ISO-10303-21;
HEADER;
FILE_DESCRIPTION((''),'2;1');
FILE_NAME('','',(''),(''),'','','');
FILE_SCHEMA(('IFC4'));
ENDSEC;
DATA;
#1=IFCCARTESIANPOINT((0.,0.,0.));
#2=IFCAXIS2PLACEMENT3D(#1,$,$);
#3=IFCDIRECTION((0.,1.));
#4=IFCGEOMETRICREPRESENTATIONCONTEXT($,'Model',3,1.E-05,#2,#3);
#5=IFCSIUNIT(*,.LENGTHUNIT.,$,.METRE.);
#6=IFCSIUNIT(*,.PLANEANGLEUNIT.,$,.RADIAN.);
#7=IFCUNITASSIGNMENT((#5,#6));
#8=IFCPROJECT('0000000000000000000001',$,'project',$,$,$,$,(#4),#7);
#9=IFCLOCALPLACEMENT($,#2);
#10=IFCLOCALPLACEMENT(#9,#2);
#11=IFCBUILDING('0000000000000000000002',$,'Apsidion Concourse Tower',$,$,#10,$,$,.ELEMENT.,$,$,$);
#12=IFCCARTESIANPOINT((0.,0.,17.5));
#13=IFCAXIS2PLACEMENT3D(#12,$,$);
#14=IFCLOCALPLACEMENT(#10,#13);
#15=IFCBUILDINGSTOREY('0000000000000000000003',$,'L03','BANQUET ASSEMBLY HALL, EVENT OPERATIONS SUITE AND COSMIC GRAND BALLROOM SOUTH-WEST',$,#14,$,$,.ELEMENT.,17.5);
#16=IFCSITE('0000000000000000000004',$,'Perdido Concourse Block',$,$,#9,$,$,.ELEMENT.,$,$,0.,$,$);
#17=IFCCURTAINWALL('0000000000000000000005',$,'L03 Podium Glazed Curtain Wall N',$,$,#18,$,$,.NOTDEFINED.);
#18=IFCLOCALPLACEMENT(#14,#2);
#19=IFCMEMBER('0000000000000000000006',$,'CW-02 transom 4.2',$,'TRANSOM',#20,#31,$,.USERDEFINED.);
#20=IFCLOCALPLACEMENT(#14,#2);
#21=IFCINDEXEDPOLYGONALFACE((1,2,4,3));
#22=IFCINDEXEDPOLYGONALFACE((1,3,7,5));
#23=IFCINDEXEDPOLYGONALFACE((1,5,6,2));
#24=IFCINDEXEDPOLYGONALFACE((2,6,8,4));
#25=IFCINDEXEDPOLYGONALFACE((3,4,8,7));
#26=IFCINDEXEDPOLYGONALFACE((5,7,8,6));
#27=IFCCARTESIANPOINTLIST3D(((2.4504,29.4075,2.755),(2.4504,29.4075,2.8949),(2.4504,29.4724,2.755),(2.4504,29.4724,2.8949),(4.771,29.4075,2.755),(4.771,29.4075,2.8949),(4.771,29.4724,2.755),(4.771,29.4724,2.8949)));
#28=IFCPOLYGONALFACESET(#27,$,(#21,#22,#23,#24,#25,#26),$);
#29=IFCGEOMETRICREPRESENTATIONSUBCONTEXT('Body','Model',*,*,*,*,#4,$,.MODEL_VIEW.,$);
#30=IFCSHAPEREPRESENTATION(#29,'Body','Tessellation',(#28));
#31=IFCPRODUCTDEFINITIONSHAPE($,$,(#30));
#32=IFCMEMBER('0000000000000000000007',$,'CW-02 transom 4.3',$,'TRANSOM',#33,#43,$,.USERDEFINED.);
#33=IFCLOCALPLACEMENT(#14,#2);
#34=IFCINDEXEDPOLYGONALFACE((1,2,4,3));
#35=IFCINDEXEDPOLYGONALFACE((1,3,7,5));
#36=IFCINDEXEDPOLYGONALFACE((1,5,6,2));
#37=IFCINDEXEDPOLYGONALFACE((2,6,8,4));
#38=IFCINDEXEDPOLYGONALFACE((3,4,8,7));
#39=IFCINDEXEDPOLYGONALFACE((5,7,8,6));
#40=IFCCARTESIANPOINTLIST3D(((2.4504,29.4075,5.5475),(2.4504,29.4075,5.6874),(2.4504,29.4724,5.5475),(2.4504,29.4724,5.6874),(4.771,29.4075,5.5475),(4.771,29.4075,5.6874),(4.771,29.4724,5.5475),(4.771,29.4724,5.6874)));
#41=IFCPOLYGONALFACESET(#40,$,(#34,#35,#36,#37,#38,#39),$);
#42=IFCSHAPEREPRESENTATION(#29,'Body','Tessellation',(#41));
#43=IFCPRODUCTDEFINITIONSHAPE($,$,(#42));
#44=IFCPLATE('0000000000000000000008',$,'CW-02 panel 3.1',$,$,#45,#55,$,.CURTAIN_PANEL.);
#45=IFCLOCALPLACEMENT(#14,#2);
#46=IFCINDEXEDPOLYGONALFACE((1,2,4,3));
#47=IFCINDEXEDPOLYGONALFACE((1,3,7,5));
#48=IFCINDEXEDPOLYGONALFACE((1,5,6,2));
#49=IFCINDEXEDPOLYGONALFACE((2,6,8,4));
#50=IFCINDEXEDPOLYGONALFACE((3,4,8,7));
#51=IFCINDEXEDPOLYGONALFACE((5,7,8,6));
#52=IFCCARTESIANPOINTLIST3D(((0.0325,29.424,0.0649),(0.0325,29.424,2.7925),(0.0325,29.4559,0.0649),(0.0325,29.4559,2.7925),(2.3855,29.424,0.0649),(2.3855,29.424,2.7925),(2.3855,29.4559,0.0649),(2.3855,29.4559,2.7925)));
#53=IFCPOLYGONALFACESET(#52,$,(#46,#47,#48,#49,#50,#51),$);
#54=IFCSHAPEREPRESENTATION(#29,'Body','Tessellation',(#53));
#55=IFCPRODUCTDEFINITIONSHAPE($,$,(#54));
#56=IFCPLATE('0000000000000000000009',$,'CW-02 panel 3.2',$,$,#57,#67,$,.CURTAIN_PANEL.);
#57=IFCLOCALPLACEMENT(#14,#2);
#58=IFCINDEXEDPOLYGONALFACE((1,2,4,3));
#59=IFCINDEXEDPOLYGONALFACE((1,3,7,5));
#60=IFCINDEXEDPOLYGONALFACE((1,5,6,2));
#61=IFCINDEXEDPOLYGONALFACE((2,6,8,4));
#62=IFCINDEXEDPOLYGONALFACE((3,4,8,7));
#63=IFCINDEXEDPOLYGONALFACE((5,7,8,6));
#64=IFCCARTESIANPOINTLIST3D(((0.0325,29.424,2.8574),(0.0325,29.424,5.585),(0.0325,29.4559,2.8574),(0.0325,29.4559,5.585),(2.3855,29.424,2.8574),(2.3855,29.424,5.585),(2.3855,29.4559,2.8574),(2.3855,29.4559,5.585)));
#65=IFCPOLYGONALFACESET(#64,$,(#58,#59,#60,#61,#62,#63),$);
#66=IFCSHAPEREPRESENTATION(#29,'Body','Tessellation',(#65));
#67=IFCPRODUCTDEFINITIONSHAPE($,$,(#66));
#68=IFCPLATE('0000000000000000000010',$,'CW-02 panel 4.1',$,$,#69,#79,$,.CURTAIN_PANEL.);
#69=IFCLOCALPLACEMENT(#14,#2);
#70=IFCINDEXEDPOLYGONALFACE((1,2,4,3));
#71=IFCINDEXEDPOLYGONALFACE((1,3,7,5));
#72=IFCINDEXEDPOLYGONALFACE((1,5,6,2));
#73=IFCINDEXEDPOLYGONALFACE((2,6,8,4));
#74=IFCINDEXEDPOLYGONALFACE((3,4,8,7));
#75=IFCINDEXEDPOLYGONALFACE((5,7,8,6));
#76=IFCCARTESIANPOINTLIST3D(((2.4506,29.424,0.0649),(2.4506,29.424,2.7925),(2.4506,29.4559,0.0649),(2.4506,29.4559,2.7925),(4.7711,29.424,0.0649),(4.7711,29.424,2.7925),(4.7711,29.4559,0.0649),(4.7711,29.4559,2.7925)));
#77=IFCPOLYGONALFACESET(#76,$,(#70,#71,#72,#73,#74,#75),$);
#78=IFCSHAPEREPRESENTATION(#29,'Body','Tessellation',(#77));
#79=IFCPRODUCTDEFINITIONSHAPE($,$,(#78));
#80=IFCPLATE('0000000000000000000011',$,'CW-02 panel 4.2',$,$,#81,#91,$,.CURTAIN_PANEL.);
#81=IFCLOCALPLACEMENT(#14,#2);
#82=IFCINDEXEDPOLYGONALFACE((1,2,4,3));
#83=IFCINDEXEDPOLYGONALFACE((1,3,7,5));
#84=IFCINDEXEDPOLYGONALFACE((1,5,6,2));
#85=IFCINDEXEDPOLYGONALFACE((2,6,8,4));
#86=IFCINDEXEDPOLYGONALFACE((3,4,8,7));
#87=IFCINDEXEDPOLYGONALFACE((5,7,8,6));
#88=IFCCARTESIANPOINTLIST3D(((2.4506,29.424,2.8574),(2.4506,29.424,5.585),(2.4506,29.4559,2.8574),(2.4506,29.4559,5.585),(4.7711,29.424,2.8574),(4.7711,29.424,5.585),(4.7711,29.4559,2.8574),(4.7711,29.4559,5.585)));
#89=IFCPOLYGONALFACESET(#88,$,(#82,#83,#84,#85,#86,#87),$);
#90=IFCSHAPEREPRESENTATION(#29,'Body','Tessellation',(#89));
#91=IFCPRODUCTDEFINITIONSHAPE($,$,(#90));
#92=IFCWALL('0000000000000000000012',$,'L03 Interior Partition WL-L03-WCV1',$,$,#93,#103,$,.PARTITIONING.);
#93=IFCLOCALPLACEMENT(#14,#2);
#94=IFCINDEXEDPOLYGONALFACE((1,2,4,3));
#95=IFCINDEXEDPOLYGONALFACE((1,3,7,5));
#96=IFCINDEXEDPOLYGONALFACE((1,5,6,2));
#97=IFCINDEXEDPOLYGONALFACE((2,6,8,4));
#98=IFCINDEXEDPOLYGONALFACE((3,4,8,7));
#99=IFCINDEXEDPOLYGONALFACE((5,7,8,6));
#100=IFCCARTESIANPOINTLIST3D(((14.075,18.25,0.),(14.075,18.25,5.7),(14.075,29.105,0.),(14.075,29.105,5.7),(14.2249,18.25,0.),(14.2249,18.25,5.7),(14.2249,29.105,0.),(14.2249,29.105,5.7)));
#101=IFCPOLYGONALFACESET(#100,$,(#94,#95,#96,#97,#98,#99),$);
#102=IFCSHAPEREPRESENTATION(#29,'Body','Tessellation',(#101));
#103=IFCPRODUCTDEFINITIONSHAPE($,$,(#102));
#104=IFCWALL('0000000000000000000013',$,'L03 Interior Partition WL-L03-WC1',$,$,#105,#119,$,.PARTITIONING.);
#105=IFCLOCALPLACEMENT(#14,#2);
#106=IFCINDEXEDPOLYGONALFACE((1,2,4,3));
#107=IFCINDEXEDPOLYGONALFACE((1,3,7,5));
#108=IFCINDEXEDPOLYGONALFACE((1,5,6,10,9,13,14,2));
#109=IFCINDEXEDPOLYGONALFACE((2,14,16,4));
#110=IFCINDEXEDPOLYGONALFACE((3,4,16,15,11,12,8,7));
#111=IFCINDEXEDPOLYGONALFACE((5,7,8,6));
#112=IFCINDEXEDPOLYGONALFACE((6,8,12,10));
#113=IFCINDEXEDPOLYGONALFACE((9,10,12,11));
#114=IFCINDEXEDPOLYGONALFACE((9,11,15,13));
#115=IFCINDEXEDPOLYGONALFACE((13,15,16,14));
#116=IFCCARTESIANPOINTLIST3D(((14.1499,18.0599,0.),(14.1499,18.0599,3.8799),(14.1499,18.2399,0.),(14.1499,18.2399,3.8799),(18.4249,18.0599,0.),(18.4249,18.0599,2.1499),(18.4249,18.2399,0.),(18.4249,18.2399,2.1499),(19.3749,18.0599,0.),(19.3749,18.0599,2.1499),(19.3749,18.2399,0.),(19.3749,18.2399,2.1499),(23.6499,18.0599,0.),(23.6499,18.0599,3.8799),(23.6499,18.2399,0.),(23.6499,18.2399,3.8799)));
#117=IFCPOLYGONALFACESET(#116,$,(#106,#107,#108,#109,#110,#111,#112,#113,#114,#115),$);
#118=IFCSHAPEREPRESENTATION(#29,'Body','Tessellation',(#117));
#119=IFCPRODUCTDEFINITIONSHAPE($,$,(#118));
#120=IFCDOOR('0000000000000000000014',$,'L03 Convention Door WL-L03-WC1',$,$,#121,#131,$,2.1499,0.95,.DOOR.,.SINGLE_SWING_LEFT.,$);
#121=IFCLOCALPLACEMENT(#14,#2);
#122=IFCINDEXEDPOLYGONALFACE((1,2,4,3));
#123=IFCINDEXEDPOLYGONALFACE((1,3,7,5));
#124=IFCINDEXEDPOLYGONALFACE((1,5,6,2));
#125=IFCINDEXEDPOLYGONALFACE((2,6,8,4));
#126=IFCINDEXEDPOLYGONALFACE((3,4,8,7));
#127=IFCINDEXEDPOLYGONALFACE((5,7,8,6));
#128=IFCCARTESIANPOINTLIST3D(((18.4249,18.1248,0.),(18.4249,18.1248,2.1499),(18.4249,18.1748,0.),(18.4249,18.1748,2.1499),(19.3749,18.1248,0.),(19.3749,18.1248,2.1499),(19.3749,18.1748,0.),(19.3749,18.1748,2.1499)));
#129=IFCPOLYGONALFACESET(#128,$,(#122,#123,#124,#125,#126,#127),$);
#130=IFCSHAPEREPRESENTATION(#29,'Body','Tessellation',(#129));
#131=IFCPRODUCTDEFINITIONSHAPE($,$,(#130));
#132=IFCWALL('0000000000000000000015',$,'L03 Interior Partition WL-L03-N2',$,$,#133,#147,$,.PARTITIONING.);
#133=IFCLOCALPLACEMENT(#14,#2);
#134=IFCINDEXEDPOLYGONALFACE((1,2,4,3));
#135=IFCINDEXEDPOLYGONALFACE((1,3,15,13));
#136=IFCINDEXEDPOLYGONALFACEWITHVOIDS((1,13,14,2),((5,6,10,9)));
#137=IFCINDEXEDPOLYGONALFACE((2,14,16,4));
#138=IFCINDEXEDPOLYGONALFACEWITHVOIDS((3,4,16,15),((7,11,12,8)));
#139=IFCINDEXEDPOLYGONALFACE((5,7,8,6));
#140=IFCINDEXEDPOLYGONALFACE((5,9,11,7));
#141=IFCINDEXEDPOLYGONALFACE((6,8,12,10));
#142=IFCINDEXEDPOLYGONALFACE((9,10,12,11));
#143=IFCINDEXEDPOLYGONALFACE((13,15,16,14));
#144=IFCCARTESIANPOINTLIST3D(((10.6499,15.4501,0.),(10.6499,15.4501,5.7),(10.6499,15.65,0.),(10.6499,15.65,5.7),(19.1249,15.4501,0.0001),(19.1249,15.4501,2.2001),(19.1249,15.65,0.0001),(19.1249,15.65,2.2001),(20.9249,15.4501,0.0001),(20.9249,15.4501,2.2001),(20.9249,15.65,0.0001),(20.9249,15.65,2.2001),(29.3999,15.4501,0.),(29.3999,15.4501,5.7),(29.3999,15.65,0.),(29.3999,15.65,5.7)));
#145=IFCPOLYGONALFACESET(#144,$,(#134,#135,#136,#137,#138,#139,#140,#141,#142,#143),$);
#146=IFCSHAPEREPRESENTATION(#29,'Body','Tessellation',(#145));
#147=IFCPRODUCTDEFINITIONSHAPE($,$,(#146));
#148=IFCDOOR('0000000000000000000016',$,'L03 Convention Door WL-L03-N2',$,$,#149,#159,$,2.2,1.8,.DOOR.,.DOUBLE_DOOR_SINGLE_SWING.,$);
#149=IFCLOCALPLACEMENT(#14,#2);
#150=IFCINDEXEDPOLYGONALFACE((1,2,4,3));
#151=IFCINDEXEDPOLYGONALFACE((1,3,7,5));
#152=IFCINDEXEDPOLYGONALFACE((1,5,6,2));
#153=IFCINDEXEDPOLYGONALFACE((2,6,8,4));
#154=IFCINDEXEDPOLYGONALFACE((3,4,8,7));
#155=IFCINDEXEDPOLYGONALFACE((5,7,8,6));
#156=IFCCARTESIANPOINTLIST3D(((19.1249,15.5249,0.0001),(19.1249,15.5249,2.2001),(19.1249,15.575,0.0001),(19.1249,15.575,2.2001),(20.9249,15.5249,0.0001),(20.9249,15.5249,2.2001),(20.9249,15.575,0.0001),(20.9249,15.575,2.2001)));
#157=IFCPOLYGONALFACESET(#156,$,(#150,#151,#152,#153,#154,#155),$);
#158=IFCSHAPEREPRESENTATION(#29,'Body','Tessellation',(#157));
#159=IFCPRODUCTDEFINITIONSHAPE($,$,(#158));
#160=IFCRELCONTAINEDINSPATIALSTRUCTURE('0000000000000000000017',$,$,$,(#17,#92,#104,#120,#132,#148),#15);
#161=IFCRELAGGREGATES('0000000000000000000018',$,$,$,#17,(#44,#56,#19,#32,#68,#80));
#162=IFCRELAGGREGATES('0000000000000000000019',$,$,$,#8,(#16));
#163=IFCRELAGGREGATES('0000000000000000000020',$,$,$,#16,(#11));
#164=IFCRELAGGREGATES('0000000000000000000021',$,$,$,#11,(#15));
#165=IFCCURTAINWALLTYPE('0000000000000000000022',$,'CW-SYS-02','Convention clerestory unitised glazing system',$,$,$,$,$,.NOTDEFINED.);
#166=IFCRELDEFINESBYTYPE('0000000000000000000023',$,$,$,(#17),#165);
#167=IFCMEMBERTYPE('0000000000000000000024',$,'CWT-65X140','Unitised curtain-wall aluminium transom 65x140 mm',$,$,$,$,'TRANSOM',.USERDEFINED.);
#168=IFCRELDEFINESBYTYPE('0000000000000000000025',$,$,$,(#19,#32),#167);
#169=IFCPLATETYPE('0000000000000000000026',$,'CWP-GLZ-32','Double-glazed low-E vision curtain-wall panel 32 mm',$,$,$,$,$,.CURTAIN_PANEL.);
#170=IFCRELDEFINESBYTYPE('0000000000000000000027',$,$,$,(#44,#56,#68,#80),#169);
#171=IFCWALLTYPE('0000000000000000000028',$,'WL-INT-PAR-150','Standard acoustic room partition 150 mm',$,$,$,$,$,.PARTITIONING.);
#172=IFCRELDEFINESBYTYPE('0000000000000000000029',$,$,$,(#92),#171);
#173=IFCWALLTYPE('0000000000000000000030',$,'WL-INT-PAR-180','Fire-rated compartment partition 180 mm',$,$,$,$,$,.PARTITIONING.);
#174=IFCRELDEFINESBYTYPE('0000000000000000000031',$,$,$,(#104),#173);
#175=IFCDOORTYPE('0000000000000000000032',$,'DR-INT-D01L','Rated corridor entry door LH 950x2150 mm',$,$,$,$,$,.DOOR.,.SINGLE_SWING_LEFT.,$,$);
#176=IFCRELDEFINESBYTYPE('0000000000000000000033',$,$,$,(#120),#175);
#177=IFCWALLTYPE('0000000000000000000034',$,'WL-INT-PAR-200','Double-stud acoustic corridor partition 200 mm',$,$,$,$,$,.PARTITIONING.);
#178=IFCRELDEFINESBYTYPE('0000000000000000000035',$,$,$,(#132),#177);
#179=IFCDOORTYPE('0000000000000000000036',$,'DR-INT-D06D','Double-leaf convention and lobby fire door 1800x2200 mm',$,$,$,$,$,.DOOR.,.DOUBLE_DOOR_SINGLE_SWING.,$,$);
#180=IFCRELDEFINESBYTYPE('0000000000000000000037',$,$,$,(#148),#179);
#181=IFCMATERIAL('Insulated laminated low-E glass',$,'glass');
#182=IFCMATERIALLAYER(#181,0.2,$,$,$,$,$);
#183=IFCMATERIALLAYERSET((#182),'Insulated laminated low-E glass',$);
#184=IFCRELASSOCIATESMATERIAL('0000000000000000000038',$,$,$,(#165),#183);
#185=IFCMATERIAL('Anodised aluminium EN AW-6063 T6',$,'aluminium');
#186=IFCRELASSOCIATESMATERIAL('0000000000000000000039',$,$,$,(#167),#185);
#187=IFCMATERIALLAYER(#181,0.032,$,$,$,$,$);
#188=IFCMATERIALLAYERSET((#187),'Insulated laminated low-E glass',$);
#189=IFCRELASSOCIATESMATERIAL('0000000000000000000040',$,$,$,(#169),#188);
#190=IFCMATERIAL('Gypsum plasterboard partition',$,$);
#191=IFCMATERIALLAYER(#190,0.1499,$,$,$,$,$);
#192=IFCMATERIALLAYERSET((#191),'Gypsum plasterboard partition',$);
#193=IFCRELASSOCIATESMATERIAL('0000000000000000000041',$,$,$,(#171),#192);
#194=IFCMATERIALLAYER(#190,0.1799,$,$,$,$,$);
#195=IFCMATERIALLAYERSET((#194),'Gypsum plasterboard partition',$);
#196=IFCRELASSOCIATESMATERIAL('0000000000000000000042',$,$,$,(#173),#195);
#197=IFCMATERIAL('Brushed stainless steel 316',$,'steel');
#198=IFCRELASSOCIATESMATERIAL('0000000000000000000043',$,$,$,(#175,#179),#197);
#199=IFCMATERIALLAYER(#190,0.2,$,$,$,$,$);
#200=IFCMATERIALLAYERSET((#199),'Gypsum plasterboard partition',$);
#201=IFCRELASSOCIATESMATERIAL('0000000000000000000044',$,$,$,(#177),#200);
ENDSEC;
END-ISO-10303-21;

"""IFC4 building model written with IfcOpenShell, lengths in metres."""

from ifc_helpers import new_model, si_unit, direction, frame, frame_2d, origin, origin_2d, place, context, subcontext, project, spatial, rectangle, extrude, material, layer, layer_set, material_profile, profile_set, type_object, element, fill, aggregate, save


model = new_model("IFC4")

# Units and contexts
model_context = context("Model", 3, precision=1e-05, world=origin(), true_north=direction((0.0, 1.0)))
body_context = subcontext(model_context, "Body", "Model", "MODEL_VIEW")
ifc_project = project(units=[si_unit("LENGTHUNIT", "METRE"), si_unit("PLANEANGLEUNIT", "RADIAN")], contexts=[model_context])

# Site, building, storey
site_placement = place(None, origin())
site = spatial("IfcSite", under=ifc_project, at=site_placement, Name="Perdido Concourse Block", CompositionType="ELEMENT", RefElevation=0.0)
building_placement = place(site_placement, origin())
building = spatial("IfcBuilding", under=site, at=building_placement, Name="Apsidion Concourse Tower", CompositionType="ELEMENT")
storey_placement = place(building_placement, frame((0.0, 0.0, 17.5)))
storey = spatial("IfcBuildingStorey", under=building, at=storey_placement, Name="L03", Description="BANQUET ASSEMBLY HALL, EVENT OPERATIONS SUITE AND COSMIC GRAND BALLROOM SOUTH-WEST", CompositionType="ELEMENT", Elevation=17.5)

# Curtain wall, members, plates
ifc_material_1 = material(Name="Insulated laminated low-E glass", Category="glass")
ifc_layer_1 = layer(ifc_material_1, 0.2)
ifc_layer_set_1 = layer_set([ifc_layer_1], Name="Insulated laminated low-E glass")
curtain_wall_type = type_object("IfcCurtainWallType", Name="CW-SYS-02", Description="Convention clerestory unitised glazing system", PredefinedType="NOTDEFINED", material=ifc_layer_set_1)
curtain_wall_placement = place(storey_placement, origin())
curtain_wall = element("IfcCurtainWall", 1, at=curtain_wall_placement, inside=storey, type_object=curtain_wall_type, Name="L03 Podium Glazed Curtain Wall N", PredefinedType="NOTDEFINED")
ifc_material_2 = material(Name="Anodised aluminium EN AW-6063 T6", Category="aluminium")
ifc_material_profile_1 = material_profile(ifc_material_2, rectangle(XDim=0.0649, YDim=0.1399, at=origin_2d()), Name="ALU TRANSOM 65x140")
ifc_profile_set_1 = profile_set([ifc_material_profile_1], Name="Anodised aluminium EN AW-6063 T6")
member_type_1 = type_object("IfcMemberType", Name="CWT-65X140", Description="Unitised curtain-wall aluminium transom 65x140 mm", ElementType="TRANSOM", PredefinedType="USERDEFINED", material=ifc_profile_set_1)
member_1_placement = place(storey_placement, frame((2.4504, 29.4399, 2.825), z_axis=(1.0, 0.0, 0.0), x_axis=(0.0, 1.0, 0.0)))
member_1 = element("IfcMember", 2, at=member_1_placement, type_object=member_type_1, Name="CW-02 transom 4.2", ObjectType="TRANSOM", PredefinedType="USERDEFINED", context=body_context, shape_type="SweptSolid", body=[
    extrude(rectangle(XDim=0.0649, YDim=0.1399, at=origin_2d()), origin(), (0.0, 0.0, 1.0), 2.3206),
])
member_2_placement = place(storey_placement, frame((2.4504, 29.4399, 5.6174), z_axis=(1.0, 0.0, 0.0), x_axis=(0.0, 1.0, 0.0)))
member_2 = element("IfcMember", 3, at=member_2_placement, type_object=member_type_1, Name="CW-02 transom 4.3", ObjectType="TRANSOM", PredefinedType="USERDEFINED", context=body_context, shape_type="SweptSolid", body=[
    extrude(rectangle(XDim=0.0649, YDim=0.1399, at=origin_2d()), origin(), (0.0, 0.0, 1.0), 2.3206),
])
ifc_layer_2 = layer(ifc_material_1, 0.032)
ifc_layer_set_2 = layer_set([ifc_layer_2], Name="Insulated laminated low-E glass")
plate_type = type_object("IfcPlateType", Name="CWP-GLZ-32", Description="Double-glazed low-E vision curtain-wall panel 32 mm", PredefinedType="CURTAIN_PANEL", material=ifc_layer_set_2)
plate_1_placement = place(storey_placement, frame((1.209, 29.4399, 0.0649), z_axis=(0.0, 0.0, 1.0), x_axis=(1.0, 0.0, 0.0)))
plate_1 = element("IfcPlate", 4, at=plate_1_placement, type_object=plate_type, Name="CW-02 panel 3.1", PredefinedType="CURTAIN_PANEL", context=body_context, shape_type="SweptSolid", body=[
    extrude(rectangle(XDim=2.353, YDim=0.032, at=origin_2d()), origin(), (0.0, 0.0, 1.0), 2.7275),
])
plate_2_placement = place(storey_placement, frame((1.209, 29.4399, 2.8574), z_axis=(0.0, 0.0, 1.0), x_axis=(1.0, 0.0, 0.0)))
plate_2 = element("IfcPlate", 5, at=plate_2_placement, type_object=plate_type, Name="CW-02 panel 3.2", PredefinedType="CURTAIN_PANEL", context=body_context, shape_type="SweptSolid", body=[
    extrude(rectangle(XDim=2.353, YDim=0.032, at=origin_2d()), origin(), (0.0, 0.0, 1.0), 2.7275),
])
plate_3_placement = place(storey_placement, frame((3.6108, 29.4399, 0.0649), z_axis=(0.0, 0.0, 1.0), x_axis=(1.0, 0.0, 0.0)))
plate_3 = element("IfcPlate", 6, at=plate_3_placement, type_object=plate_type, Name="CW-02 panel 4.1", PredefinedType="CURTAIN_PANEL", context=body_context, shape_type="SweptSolid", body=[
    extrude(rectangle(XDim=2.3206, YDim=0.032, at=origin_2d()), origin(), (0.0, 0.0, 1.0), 2.7275),
])
plate_4_placement = place(storey_placement, frame((3.6108, 29.4399, 2.8574), z_axis=(0.0, 0.0, 1.0), x_axis=(1.0, 0.0, 0.0)))
plate_4 = element("IfcPlate", 7, at=plate_4_placement, type_object=plate_type, Name="CW-02 panel 4.2", PredefinedType="CURTAIN_PANEL", context=body_context, shape_type="SweptSolid", body=[
    extrude(rectangle(XDim=2.3206, YDim=0.032, at=origin_2d()), origin(), (0.0, 0.0, 1.0), 2.7275),
])
aggregate(curtain_wall, [plate_1, plate_2, member_1, member_2, plate_3, plate_4])

# Wall
ifc_material_3 = material(Name="Gypsum plasterboard partition")
ifc_layer_3 = layer(ifc_material_3, 0.1499)
ifc_layer_set_3 = layer_set([ifc_layer_3], Name="Gypsum plasterboard partition")
wall_type_1 = type_object("IfcWallType", Name="WL-INT-PAR-150", Description="Standard acoustic room partition 150 mm", PredefinedType="PARTITIONING", material=ifc_layer_set_3)
wall_1_placement = place(storey_placement, frame((14.1499, 18.25, 0.0), z_axis=(0.0, 0.0, 1.0), x_axis=(0.0, 1.0, 0.0)))
element("IfcWall", 8, at=wall_1_placement, inside=storey, type_object=wall_type_1, Name="L03 Interior Partition WL-L03-WCV1", PredefinedType="PARTITIONING", context=body_context, shape_type="SweptSolid", body=[
    extrude(rectangle(XDim=10.855, YDim=0.1499, at=frame_2d((5.4275, 0.0))), origin(), (0.0, 0.0, 1.0), 5.7),
])

# Walls, openings, doors
ifc_layer_4 = layer(ifc_material_3, 0.1799)
ifc_layer_set_4 = layer_set([ifc_layer_4], Name="Gypsum plasterboard partition")
wall_type_2 = type_object("IfcWallType", Name="WL-INT-PAR-180", Description="Fire-rated compartment partition 180 mm", PredefinedType="PARTITIONING", material=ifc_layer_set_4)
wall_2_placement = place(storey_placement, frame((14.1499, 18.1499, 0.0), z_axis=(0.0, 0.0, 1.0), x_axis=(1.0, 0.0, 0.0)))
wall_2 = element("IfcWall", 9, at=wall_2_placement, inside=storey, type_object=wall_type_2, Name="L03 Interior Partition WL-L03-WC1", PredefinedType="PARTITIONING", context=body_context, shape_type="SweptSolid", body=[
    extrude(rectangle(XDim=9.5, YDim=0.1799, at=frame_2d((4.75, 0.0))), origin(), (0.0, 0.0, 1.0), 3.8799),
])
opening_1_placement = place(wall_2_placement, frame((4.2749, 0.0, 0.0)))
opening_1 = element("IfcOpeningElement", 10, at=opening_1_placement, cuts=wall_2, PredefinedType="OPENING", context=body_context, shape_type="SweptSolid", body=[
    extrude(rectangle(XDim=0.95, YDim=2.1499, at=frame_2d((0.4751, 1.075))), frame((0.0, 0.1001, 0.0), z_axis=(0.0, -1.0, 0.0), x_axis=(1.0, 0.0, 0.0)), (0.0, 0.0, 1.0), 0.2),
])
ifc_material_4 = material(Name="Brushed stainless steel 316", Category="steel")
door_type_1 = type_object("IfcDoorType", Name="DR-INT-D01L", Description="Rated corridor entry door LH 950x2150 mm", OperationType="SINGLE_SWING_LEFT", PredefinedType="DOOR", material=ifc_material_4)
door_1_placement = place(opening_1_placement, origin())
door_1 = element("IfcDoor", 11, at=door_1_placement, inside=storey, type_object=door_type_1, Name="L03 Convention Door WL-L03-WC1", OperationType="SINGLE_SWING_LEFT", OverallHeight=2.1499, OverallWidth=0.95, PredefinedType="DOOR", context=body_context, shape_type="SweptSolid", body=[
    extrude(rectangle(XDim=0.95, YDim=2.1499, at=frame_2d((0.4751, 1.075))), frame((0.0, 0.0249, 0.0), z_axis=(0.0, -1.0, 0.0), x_axis=(1.0, 0.0, 0.0)), (0.0, 0.0, 1.0), 0.05),
])
fill(opening_1, door_1)
ifc_layer_5 = layer(ifc_material_3, 0.2)
ifc_layer_set_5 = layer_set([ifc_layer_5], Name="Gypsum plasterboard partition")
wall_type_3 = type_object("IfcWallType", Name="WL-INT-PAR-200", Description="Double-stud acoustic corridor partition 200 mm", PredefinedType="PARTITIONING", material=ifc_layer_set_5)
wall_3_placement = place(storey_placement, frame((10.6499, 15.55, 0.0), z_axis=(0.0, 0.0, 1.0), x_axis=(1.0, 0.0, 0.0)))
wall_3 = element("IfcWall", 12, at=wall_3_placement, inside=storey, type_object=wall_type_3, Name="L03 Interior Partition WL-L03-N2", PredefinedType="PARTITIONING", context=body_context, shape_type="SweptSolid", body=[
    extrude(rectangle(XDim=18.75, YDim=0.2, at=frame_2d((9.375, 0.0))), origin(), (0.0, 0.0, 1.0), 5.7),
])
opening_2_placement = place(wall_3_placement, frame((8.4751, 0.0, 0.0)))
opening_2 = element("IfcOpeningElement", 13, at=opening_2_placement, cuts=wall_3, PredefinedType="OPENING", context=body_context, shape_type="SweptSolid", body=[
    extrude(rectangle(XDim=1.8, YDim=2.2, at=frame_2d((0.8999, 1.1001))), frame((0.0, 0.1099, 0.0), z_axis=(0.0, -1.0, 0.0), x_axis=(1.0, 0.0, 0.0)), (0.0, 0.0, 1.0), 0.22),
])
door_type_2 = type_object("IfcDoorType", Name="DR-INT-D06D", Description="Double-leaf convention and lobby fire door 1800x2200 mm", OperationType="DOUBLE_DOOR_SINGLE_SWING", PredefinedType="DOOR", material=ifc_material_4)
door_2_placement = place(opening_2_placement, origin())
door_2 = element("IfcDoor", 14, at=door_2_placement, inside=storey, type_object=door_type_2, Name="L03 Convention Door WL-L03-N2", OperationType="DOUBLE_DOOR_SINGLE_SWING", OverallHeight=2.2, OverallWidth=1.8, PredefinedType="DOOR", context=body_context, shape_type="SweptSolid", body=[
    extrude(rectangle(XDim=1.8, YDim=2.2, at=frame_2d((0.8999, 1.1001))), frame((0.0, 0.0249, 0.0), z_axis=(0.0, -1.0, 0.0), x_axis=(1.0, 0.0, 0.0)), (0.0, 0.0, 1.0), 0.05),
])
fill(opening_2, door_2)

save(model, "model.ifc")
